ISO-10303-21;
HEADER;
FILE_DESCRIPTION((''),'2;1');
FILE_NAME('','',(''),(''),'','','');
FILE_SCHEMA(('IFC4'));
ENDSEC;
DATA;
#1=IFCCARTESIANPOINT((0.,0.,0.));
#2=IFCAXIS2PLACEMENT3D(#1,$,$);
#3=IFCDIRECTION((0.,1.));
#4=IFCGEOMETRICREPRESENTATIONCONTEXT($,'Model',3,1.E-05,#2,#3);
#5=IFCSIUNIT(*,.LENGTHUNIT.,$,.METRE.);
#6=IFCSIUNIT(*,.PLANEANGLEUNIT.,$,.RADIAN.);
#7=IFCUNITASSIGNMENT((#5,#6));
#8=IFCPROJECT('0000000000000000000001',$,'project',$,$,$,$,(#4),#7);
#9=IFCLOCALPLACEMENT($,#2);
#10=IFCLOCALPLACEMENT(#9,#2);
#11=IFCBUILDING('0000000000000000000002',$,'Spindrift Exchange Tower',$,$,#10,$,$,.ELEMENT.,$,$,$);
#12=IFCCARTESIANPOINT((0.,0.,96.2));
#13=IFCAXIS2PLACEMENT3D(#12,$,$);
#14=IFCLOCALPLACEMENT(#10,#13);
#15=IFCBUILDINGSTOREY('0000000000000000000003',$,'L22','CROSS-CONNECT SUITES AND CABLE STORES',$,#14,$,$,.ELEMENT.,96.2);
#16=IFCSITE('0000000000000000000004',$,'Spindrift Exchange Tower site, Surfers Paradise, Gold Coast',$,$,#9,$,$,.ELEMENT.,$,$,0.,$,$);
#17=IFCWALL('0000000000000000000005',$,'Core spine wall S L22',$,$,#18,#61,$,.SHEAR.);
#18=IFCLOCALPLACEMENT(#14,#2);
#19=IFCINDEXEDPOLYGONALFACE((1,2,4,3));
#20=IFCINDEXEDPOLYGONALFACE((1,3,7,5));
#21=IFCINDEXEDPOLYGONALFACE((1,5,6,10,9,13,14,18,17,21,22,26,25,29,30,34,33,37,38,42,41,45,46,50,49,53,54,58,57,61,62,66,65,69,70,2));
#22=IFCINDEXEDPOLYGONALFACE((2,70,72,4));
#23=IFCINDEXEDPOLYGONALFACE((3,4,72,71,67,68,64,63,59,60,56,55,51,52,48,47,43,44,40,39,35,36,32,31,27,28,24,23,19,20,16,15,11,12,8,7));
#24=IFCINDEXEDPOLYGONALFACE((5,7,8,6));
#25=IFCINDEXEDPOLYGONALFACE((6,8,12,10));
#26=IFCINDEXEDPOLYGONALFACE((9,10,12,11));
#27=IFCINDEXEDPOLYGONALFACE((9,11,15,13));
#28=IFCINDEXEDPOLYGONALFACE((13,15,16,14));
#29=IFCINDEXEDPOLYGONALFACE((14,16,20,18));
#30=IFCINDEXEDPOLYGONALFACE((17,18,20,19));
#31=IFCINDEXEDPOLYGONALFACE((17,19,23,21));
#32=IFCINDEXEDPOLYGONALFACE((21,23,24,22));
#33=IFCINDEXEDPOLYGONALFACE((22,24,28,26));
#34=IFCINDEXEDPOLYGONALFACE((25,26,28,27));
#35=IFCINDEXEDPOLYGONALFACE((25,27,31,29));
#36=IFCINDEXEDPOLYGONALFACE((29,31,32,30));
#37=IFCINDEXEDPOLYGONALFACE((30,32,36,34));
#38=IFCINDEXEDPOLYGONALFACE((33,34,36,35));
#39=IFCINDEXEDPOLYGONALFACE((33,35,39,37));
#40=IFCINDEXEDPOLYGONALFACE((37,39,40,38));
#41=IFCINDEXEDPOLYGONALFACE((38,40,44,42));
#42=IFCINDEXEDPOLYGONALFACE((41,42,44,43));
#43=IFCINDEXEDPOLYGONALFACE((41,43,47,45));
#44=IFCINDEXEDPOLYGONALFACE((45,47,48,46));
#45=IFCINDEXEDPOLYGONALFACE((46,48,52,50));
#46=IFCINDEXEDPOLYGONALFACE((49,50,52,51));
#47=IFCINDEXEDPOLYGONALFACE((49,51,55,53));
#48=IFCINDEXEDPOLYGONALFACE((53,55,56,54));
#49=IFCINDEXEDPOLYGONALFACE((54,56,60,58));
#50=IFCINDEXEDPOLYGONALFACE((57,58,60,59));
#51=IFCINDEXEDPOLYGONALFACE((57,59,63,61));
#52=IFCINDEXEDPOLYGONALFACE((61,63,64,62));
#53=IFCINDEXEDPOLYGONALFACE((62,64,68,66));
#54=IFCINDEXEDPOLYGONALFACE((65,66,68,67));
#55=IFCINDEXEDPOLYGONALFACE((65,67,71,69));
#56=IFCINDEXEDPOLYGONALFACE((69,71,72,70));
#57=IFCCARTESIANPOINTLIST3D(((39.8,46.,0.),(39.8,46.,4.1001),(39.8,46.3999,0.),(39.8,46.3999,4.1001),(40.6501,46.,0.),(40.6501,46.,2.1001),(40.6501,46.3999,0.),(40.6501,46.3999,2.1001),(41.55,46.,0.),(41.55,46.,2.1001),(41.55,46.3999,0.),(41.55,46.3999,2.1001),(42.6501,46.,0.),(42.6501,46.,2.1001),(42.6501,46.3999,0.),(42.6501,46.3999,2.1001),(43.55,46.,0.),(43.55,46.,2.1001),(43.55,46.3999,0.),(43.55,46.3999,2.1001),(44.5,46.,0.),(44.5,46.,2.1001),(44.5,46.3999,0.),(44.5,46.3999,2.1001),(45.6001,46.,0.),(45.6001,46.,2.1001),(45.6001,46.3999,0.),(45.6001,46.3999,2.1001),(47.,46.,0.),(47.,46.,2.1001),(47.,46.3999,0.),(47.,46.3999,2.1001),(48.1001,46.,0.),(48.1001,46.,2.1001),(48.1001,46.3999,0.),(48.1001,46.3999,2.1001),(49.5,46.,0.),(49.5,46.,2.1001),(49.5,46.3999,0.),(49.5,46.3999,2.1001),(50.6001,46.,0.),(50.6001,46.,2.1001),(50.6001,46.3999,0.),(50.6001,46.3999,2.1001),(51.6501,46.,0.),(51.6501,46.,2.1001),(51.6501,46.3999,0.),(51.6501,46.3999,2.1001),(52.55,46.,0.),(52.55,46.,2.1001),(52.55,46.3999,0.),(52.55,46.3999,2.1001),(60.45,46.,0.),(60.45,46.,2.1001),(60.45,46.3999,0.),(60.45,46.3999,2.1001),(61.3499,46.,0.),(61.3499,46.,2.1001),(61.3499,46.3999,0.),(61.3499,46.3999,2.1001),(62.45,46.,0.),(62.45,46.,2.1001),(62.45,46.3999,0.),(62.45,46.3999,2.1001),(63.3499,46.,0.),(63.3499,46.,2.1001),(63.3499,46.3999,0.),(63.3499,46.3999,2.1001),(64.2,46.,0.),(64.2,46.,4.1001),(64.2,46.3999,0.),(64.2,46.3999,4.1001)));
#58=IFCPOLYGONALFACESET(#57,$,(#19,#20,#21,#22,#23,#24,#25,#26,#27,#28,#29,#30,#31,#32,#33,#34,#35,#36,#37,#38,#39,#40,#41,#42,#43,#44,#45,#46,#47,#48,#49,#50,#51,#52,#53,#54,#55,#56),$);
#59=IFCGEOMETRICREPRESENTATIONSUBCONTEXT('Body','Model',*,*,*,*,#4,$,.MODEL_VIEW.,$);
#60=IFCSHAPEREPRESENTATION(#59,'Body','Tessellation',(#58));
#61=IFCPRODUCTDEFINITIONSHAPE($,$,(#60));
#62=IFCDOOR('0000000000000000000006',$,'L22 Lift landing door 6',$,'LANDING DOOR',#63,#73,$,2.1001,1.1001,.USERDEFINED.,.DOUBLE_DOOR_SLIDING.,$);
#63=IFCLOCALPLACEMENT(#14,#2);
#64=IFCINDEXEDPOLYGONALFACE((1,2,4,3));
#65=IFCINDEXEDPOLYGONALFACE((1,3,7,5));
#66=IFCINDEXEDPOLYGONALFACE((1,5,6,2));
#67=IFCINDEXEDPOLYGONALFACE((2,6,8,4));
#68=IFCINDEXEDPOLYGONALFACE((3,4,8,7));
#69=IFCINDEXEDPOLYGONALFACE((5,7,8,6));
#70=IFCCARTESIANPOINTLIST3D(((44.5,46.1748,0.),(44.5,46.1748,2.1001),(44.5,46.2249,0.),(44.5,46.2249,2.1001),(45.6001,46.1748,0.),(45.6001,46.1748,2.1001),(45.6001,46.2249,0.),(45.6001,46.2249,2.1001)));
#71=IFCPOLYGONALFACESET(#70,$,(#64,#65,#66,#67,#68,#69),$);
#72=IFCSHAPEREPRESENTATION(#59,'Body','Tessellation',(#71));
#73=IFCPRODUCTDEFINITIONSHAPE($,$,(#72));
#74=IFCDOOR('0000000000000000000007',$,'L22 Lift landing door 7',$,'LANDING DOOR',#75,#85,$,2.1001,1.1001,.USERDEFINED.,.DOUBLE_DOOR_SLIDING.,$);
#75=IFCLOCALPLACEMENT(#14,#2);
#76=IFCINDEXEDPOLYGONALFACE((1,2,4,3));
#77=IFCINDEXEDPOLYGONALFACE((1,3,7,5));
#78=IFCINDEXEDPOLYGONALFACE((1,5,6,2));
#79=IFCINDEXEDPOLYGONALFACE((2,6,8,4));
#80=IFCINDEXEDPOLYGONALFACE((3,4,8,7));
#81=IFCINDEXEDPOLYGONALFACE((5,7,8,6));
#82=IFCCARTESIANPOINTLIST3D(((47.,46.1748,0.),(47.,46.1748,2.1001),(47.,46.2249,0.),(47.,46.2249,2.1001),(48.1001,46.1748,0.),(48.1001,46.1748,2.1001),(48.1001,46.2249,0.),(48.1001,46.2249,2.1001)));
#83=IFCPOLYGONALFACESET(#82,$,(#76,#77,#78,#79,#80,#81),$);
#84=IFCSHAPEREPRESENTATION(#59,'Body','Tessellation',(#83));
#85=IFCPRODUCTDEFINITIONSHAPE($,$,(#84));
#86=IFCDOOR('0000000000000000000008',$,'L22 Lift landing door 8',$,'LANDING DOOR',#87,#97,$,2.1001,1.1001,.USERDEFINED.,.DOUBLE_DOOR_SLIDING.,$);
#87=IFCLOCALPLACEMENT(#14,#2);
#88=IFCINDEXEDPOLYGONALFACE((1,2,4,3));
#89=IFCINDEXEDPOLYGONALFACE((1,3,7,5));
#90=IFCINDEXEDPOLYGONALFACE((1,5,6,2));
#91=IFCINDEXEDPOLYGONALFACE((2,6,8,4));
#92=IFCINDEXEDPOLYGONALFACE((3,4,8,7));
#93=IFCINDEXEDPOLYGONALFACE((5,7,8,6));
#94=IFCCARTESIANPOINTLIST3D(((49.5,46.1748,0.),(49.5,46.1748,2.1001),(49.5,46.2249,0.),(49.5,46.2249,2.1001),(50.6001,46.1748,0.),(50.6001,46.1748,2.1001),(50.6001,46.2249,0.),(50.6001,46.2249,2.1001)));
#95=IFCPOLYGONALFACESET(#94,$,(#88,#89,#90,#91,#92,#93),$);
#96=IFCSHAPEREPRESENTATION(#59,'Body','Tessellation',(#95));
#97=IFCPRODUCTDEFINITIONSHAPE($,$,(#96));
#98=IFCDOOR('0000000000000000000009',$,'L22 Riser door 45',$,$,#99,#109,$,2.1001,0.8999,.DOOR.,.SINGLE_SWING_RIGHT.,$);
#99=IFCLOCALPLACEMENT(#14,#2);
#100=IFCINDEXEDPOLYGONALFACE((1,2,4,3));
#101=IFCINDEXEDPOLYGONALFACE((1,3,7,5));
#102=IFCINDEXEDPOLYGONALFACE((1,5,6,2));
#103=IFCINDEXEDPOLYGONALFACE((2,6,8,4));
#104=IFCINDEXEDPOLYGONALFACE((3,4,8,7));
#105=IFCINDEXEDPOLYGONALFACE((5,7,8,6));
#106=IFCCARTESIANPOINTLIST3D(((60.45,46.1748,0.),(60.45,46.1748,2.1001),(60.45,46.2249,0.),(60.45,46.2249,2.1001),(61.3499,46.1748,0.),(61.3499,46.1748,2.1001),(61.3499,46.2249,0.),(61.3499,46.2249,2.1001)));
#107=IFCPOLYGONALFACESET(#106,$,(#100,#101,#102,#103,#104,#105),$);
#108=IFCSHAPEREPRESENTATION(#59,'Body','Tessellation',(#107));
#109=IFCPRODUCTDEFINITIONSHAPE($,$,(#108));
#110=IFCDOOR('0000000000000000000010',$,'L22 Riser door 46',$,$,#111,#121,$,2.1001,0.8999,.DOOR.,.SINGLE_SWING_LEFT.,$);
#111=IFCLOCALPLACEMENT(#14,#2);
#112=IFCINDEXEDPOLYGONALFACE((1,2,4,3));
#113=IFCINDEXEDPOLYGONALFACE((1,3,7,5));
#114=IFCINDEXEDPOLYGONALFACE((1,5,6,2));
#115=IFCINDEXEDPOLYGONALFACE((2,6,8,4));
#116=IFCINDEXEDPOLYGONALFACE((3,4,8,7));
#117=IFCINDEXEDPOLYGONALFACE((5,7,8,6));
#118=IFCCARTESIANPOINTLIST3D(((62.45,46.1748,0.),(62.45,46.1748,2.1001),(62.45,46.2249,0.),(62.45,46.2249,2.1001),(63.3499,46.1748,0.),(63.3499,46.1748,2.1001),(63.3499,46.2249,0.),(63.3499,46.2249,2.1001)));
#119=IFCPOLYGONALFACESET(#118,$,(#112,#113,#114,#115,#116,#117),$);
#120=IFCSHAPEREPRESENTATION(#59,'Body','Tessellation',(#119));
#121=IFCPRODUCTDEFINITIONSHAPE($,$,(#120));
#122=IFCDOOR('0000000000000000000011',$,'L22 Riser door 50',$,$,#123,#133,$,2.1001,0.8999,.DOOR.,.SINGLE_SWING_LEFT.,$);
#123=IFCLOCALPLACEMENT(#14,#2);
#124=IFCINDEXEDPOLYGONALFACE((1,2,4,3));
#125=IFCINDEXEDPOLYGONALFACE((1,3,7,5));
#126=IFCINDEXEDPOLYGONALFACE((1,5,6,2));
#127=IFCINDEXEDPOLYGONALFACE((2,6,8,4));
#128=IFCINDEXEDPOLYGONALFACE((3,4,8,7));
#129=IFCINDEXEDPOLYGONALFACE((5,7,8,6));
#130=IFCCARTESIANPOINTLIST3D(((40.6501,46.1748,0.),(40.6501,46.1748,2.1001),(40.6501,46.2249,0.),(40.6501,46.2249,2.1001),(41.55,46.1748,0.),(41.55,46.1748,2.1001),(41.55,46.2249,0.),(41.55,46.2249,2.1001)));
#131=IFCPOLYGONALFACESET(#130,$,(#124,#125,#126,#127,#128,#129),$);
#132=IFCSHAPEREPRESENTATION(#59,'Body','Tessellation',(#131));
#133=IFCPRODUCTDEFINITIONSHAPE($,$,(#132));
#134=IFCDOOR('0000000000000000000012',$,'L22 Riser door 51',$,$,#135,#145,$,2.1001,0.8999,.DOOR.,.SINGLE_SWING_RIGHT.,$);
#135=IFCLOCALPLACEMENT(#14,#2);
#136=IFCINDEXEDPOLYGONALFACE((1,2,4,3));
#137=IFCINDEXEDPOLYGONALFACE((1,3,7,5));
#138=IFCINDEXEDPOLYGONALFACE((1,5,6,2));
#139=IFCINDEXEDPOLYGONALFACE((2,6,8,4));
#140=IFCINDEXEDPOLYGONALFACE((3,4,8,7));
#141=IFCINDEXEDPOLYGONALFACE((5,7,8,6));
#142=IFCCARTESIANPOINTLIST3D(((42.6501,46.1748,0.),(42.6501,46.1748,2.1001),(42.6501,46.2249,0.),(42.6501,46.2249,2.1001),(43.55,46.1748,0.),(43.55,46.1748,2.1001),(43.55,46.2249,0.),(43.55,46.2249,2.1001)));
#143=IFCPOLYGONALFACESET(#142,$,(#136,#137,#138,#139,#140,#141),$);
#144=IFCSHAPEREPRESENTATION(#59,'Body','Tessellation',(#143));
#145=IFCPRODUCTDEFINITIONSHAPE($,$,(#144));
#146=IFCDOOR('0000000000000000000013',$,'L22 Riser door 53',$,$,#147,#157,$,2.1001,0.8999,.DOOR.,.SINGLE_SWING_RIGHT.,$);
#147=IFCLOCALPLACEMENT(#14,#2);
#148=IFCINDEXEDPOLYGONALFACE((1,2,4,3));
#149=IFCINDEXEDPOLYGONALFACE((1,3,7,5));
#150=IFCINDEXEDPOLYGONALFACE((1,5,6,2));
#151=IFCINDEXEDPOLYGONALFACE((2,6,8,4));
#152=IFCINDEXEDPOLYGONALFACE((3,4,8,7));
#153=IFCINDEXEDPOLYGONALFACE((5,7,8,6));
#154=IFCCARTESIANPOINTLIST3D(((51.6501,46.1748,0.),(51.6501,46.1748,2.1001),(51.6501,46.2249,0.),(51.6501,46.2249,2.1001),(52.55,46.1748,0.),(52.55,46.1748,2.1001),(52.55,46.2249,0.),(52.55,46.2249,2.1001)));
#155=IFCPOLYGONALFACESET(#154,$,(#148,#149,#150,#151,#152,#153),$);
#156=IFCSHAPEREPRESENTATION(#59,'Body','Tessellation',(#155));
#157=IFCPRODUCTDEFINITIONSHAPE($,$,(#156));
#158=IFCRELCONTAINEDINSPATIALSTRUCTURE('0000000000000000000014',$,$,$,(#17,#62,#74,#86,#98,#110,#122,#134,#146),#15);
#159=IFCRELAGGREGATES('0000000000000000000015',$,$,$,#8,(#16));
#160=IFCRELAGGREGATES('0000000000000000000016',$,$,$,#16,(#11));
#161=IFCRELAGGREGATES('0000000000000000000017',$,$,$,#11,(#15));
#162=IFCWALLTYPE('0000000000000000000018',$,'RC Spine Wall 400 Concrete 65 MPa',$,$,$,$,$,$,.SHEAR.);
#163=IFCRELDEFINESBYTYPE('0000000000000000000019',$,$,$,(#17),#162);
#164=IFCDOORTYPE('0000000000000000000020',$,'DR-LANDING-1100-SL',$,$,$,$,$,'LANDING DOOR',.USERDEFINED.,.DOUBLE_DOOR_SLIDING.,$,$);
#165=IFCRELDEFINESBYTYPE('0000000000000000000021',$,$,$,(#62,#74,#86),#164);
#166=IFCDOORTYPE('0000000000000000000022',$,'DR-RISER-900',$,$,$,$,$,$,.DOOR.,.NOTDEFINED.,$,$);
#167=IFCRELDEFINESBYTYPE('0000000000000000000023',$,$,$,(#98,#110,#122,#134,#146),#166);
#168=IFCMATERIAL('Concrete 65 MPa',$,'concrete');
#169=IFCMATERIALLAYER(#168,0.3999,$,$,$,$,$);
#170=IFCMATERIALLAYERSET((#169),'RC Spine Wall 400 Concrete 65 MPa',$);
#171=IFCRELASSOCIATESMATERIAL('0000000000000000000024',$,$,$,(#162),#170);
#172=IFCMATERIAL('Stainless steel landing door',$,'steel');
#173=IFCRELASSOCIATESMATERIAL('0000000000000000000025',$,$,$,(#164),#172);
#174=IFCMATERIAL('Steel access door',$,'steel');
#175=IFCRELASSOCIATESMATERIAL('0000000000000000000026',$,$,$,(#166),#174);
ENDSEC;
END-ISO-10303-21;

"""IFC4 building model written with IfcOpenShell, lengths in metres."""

from ifc_helpers import new_model, si_unit, direction, frame, frame_2d, origin, place, context, subcontext, project, spatial, rectangle, extrude, source, transform, mapped, material, layer, layer_set, type_object, element, fill, save


model = new_model("IFC4")

# Units and contexts
model_context = context("Model", 3, precision=1e-05, world=origin(), true_north=direction((0.0, 1.0)))
body_context = subcontext(model_context, "Body", "Model", "MODEL_VIEW")
ifc_project = project(units=[si_unit("LENGTHUNIT", "METRE"), si_unit("PLANEANGLEUNIT", "RADIAN")], contexts=[model_context])

# Site, building, storey
site_placement = place(None, origin())
site = spatial("IfcSite", under=ifc_project, at=site_placement, Name="Spindrift Exchange Tower site, Surfers Paradise, Gold Coast", CompositionType="ELEMENT", RefElevation=0.0)
building_placement = place(site_placement, origin())
building = spatial("IfcBuilding", under=site, at=building_placement, Name="Spindrift Exchange Tower", CompositionType="ELEMENT")
storey_placement = place(building_placement, frame((0.0, 0.0, 96.2)))
storey = spatial("IfcBuildingStorey", under=building, at=storey_placement, Name="L22", Description="CROSS-CONNECT SUITES AND CABLE STORES", CompositionType="ELEMENT", Elevation=96.2)

# Wall, openings, doors
ifc_material_1 = material(Name="Concrete 65 MPa", Category="concrete")
ifc_layer_1 = layer(ifc_material_1, 0.3999)
ifc_layer_set_1 = layer_set([ifc_layer_1], Name="RC Spine Wall 400 Concrete 65 MPa")
wall_type_1 = type_object("IfcWallType", Name="RC Spine Wall 400 Concrete 65 MPa", PredefinedType="SHEAR", material=ifc_layer_set_1)
wall_1_placement = place(storey_placement, frame((39.8, 46.2, 0.0), z_axis=(0.0, 0.0, 1.0), x_axis=(1.0, 0.0, 0.0)))
wall_1 = element("IfcWall", 1, at=wall_1_placement, inside=storey, type_object=wall_type_1, Name="Core spine wall S L22", PredefinedType="SHEAR", context=body_context, shape_type="SweptSolid", body=[
    extrude(rectangle(XDim=24.3999, YDim=0.3999, at=frame_2d((12.2, 0.0))), origin(), (0.0, 0.0, 1.0), 4.1001),
])
opening_1_placement = place(wall_1_placement, frame((4.7, 0.0, 0.0)))
opening_1 = element("IfcOpeningElement", 2, at=opening_1_placement, cuts=wall_1, PredefinedType="OPENING", context=body_context, shape_type="SweptSolid", body=[
    extrude(rectangle(XDim=1.1001, YDim=2.1001, at=frame_2d((0.55, 1.05))), frame((0.0, 0.21, 0.0), z_axis=(0.0, -1.0, 0.0), x_axis=(1.0, 0.0, 0.0)), (0.0, 0.0, 1.0), 0.4199),
])
opening_2_placement = place(wall_1_placement, frame((7.2, 0.0, 0.0)))
opening_2 = element("IfcOpeningElement", 3, at=opening_2_placement, cuts=wall_1, PredefinedType="OPENING", context=body_context, shape_type="SweptSolid", body=[
    extrude(rectangle(XDim=1.1001, YDim=2.1001, at=frame_2d((0.55, 1.05))), frame((0.0, 0.21, 0.0), z_axis=(0.0, -1.0, 0.0), x_axis=(1.0, 0.0, 0.0)), (0.0, 0.0, 1.0), 0.4199),
])
opening_3_placement = place(wall_1_placement, frame((9.7, 0.0, 0.0)))
opening_3 = element("IfcOpeningElement", 4, at=opening_3_placement, cuts=wall_1, PredefinedType="OPENING", context=body_context, shape_type="SweptSolid", body=[
    extrude(rectangle(XDim=1.1001, YDim=2.1001, at=frame_2d((0.55, 1.05))), frame((0.0, 0.21, 0.0), z_axis=(0.0, -1.0, 0.0), x_axis=(1.0, 0.0, 0.0)), (0.0, 0.0, 1.0), 0.4199),
])
opening_4_placement = place(wall_1_placement, frame((20.6499, 0.0, 0.0)))
opening_4 = element("IfcOpeningElement", 5, at=opening_4_placement, cuts=wall_1, PredefinedType="OPENING", context=body_context, shape_type="SweptSolid", body=[
    extrude(rectangle(XDim=0.8999, YDim=2.1001, at=frame_2d((0.45, 1.05))), frame((0.0, 0.21, 0.0), z_axis=(0.0, -1.0, 0.0), x_axis=(1.0, 0.0, 0.0)), (0.0, 0.0, 1.0), 0.4199),
])
opening_5_placement = place(wall_1_placement, frame((22.6499, 0.0, 0.0)))
opening_5 = element("IfcOpeningElement", 6, at=opening_5_placement, cuts=wall_1, PredefinedType="OPENING", context=body_context, shape_type="SweptSolid", body=[
    extrude(rectangle(XDim=0.8999, YDim=2.1001, at=frame_2d((0.45, 1.05))), frame((0.0, 0.21, 0.0), z_axis=(0.0, -1.0, 0.0), x_axis=(1.0, 0.0, 0.0)), (0.0, 0.0, 1.0), 0.4199),
])
opening_6_placement = place(wall_1_placement, frame((0.8501, 0.0, 0.0)))
opening_6 = element("IfcOpeningElement", 7, at=opening_6_placement, cuts=wall_1, PredefinedType="OPENING", context=body_context, shape_type="SweptSolid", body=[
    extrude(rectangle(XDim=0.8999, YDim=2.1001, at=frame_2d((0.45, 1.05))), frame((0.0, 0.21, 0.0), z_axis=(0.0, -1.0, 0.0), x_axis=(1.0, 0.0, 0.0)), (0.0, 0.0, 1.0), 0.4199),
])
opening_7_placement = place(wall_1_placement, frame((2.8501, 0.0, 0.0)))
opening_7 = element("IfcOpeningElement", 8, at=opening_7_placement, cuts=wall_1, PredefinedType="OPENING", context=body_context, shape_type="SweptSolid", body=[
    extrude(rectangle(XDim=0.8999, YDim=2.1001, at=frame_2d((0.45, 1.05))), frame((0.0, 0.21, 0.0), z_axis=(0.0, -1.0, 0.0), x_axis=(1.0, 0.0, 0.0)), (0.0, 0.0, 1.0), 0.4199),
])
opening_8_placement = place(wall_1_placement, frame((11.8501, 0.0, 0.0)))
opening_8 = element("IfcOpeningElement", 9, at=opening_8_placement, cuts=wall_1, PredefinedType="OPENING", context=body_context, shape_type="SweptSolid", body=[
    extrude(rectangle(XDim=0.8999, YDim=2.1001, at=frame_2d((0.45, 1.05))), frame((0.0, 0.21, 0.0), z_axis=(0.0, -1.0, 0.0), x_axis=(1.0, 0.0, 0.0)), (0.0, 0.0, 1.0), 0.4199),
])
ifc_material_2 = material(Name="Stainless steel landing door", Category="steel")
door_type_1 = type_object("IfcDoorType", Name="DR-LANDING-1100-SL", ElementType="LANDING DOOR", OperationType="DOUBLE_DOOR_SLIDING", PredefinedType="USERDEFINED", material=ifc_material_2)
shared_shape_1 = source(origin(), body_context, "Body", "SweptSolid", [
    extrude(rectangle(XDim=1.1001, YDim=2.1001, at=frame_2d((0.55, 1.05))), frame((0.0, 0.0249, 0.0), z_axis=(0.0, -1.0, 0.0), x_axis=(1.0, 0.0, 0.0)), (0.0, 0.0, 1.0), 0.05),
])
door_1_placement = place(opening_1_placement, origin())
door_1 = element("IfcDoor", 10, at=door_1_placement, inside=storey, type_object=door_type_1, Name="L22 Lift landing door 6", ObjectType="LANDING DOOR", OperationType="DOUBLE_DOOR_SLIDING", OverallHeight=2.1001, OverallWidth=1.1001, PredefinedType="USERDEFINED", context=body_context, shape_type="MappedRepresentation", body=[
    mapped(shared_shape_1, transform((0.0, 0.0, 0.0), scale=1.0)),
])
fill(opening_1, door_1)
door_2_placement = place(opening_2_placement, origin())
door_2 = element("IfcDoor", 11, at=door_2_placement, inside=storey, type_object=door_type_1, Name="L22 Lift landing door 7", ObjectType="LANDING DOOR", OperationType="DOUBLE_DOOR_SLIDING", OverallHeight=2.1001, OverallWidth=1.1001, PredefinedType="USERDEFINED", context=body_context, shape_type="MappedRepresentation", body=[
    mapped(shared_shape_1, transform((0.0, 0.0, 0.0), scale=1.0)),
])
fill(opening_2, door_2)
door_3_placement = place(opening_3_placement, origin())
door_3 = element("IfcDoor", 12, at=door_3_placement, inside=storey, type_object=door_type_1, Name="L22 Lift landing door 8", ObjectType="LANDING DOOR", OperationType="DOUBLE_DOOR_SLIDING", OverallHeight=2.1001, OverallWidth=1.1001, PredefinedType="USERDEFINED", context=body_context, shape_type="MappedRepresentation", body=[
    mapped(shared_shape_1, transform((0.0, 0.0, 0.0), scale=1.0)),
])
fill(opening_3, door_3)
ifc_material_3 = material(Name="Steel access door", Category="steel")
door_type_2 = type_object("IfcDoorType", Name="DR-RISER-900", OperationType="NOTDEFINED", PredefinedType="DOOR", material=ifc_material_3)
shared_shape_2 = source(origin(), body_context, "Body", "SweptSolid", [
    extrude(rectangle(XDim=0.8999, YDim=2.1001, at=frame_2d((0.45, 1.05))), frame((0.0, 0.0249, 0.0), z_axis=(0.0, -1.0, 0.0), x_axis=(1.0, 0.0, 0.0)), (0.0, 0.0, 1.0), 0.05),
])
door_4_placement = place(opening_4_placement, origin())
door_4 = element("IfcDoor", 13, at=door_4_placement, inside=storey, type_object=door_type_2, Name="L22 Riser door 45", OperationType="SINGLE_SWING_RIGHT", OverallHeight=2.1001, OverallWidth=0.8999, PredefinedType="DOOR", context=body_context, shape_type="MappedRepresentation", body=[
    mapped(shared_shape_2, transform((0.0, 0.0, 0.0), scale=1.0)),
])
fill(opening_4, door_4)
door_5_placement = place(opening_5_placement, origin())
door_5 = element("IfcDoor", 14, at=door_5_placement, inside=storey, type_object=door_type_2, Name="L22 Riser door 46", OperationType="SINGLE_SWING_LEFT", OverallHeight=2.1001, OverallWidth=0.8999, PredefinedType="DOOR", context=body_context, shape_type="MappedRepresentation", body=[
    mapped(shared_shape_2, transform((0.0, 0.0, 0.0), scale=1.0)),
])
fill(opening_5, door_5)
door_6_placement = place(opening_6_placement, origin())
door_6 = element("IfcDoor", 15, at=door_6_placement, inside=storey, type_object=door_type_2, Name="L22 Riser door 50", OperationType="SINGLE_SWING_LEFT", OverallHeight=2.1001, OverallWidth=0.8999, PredefinedType="DOOR", context=body_context, shape_type="MappedRepresentation", body=[
    mapped(shared_shape_2, transform((0.0, 0.0, 0.0), scale=1.0)),
])
fill(opening_6, door_6)
door_7_placement = place(opening_7_placement, origin())
door_7 = element("IfcDoor", 16, at=door_7_placement, inside=storey, type_object=door_type_2, Name="L22 Riser door 51", OperationType="SINGLE_SWING_RIGHT", OverallHeight=2.1001, OverallWidth=0.8999, PredefinedType="DOOR", context=body_context, shape_type="MappedRepresentation", body=[
    mapped(shared_shape_2, transform((0.0, 0.0, 0.0), scale=1.0)),
])
fill(opening_7, door_7)
door_8_placement = place(opening_8_placement, origin())
door_8 = element("IfcDoor", 17, at=door_8_placement, inside=storey, type_object=door_type_2, Name="L22 Riser door 53", OperationType="SINGLE_SWING_RIGHT", OverallHeight=2.1001, OverallWidth=0.8999, PredefinedType="DOOR", context=body_context, shape_type="MappedRepresentation", body=[
    mapped(shared_shape_2, transform((0.0, 0.0, 0.0), scale=1.0)),
])
fill(opening_8, door_8)

save(model, "model.ifc")
